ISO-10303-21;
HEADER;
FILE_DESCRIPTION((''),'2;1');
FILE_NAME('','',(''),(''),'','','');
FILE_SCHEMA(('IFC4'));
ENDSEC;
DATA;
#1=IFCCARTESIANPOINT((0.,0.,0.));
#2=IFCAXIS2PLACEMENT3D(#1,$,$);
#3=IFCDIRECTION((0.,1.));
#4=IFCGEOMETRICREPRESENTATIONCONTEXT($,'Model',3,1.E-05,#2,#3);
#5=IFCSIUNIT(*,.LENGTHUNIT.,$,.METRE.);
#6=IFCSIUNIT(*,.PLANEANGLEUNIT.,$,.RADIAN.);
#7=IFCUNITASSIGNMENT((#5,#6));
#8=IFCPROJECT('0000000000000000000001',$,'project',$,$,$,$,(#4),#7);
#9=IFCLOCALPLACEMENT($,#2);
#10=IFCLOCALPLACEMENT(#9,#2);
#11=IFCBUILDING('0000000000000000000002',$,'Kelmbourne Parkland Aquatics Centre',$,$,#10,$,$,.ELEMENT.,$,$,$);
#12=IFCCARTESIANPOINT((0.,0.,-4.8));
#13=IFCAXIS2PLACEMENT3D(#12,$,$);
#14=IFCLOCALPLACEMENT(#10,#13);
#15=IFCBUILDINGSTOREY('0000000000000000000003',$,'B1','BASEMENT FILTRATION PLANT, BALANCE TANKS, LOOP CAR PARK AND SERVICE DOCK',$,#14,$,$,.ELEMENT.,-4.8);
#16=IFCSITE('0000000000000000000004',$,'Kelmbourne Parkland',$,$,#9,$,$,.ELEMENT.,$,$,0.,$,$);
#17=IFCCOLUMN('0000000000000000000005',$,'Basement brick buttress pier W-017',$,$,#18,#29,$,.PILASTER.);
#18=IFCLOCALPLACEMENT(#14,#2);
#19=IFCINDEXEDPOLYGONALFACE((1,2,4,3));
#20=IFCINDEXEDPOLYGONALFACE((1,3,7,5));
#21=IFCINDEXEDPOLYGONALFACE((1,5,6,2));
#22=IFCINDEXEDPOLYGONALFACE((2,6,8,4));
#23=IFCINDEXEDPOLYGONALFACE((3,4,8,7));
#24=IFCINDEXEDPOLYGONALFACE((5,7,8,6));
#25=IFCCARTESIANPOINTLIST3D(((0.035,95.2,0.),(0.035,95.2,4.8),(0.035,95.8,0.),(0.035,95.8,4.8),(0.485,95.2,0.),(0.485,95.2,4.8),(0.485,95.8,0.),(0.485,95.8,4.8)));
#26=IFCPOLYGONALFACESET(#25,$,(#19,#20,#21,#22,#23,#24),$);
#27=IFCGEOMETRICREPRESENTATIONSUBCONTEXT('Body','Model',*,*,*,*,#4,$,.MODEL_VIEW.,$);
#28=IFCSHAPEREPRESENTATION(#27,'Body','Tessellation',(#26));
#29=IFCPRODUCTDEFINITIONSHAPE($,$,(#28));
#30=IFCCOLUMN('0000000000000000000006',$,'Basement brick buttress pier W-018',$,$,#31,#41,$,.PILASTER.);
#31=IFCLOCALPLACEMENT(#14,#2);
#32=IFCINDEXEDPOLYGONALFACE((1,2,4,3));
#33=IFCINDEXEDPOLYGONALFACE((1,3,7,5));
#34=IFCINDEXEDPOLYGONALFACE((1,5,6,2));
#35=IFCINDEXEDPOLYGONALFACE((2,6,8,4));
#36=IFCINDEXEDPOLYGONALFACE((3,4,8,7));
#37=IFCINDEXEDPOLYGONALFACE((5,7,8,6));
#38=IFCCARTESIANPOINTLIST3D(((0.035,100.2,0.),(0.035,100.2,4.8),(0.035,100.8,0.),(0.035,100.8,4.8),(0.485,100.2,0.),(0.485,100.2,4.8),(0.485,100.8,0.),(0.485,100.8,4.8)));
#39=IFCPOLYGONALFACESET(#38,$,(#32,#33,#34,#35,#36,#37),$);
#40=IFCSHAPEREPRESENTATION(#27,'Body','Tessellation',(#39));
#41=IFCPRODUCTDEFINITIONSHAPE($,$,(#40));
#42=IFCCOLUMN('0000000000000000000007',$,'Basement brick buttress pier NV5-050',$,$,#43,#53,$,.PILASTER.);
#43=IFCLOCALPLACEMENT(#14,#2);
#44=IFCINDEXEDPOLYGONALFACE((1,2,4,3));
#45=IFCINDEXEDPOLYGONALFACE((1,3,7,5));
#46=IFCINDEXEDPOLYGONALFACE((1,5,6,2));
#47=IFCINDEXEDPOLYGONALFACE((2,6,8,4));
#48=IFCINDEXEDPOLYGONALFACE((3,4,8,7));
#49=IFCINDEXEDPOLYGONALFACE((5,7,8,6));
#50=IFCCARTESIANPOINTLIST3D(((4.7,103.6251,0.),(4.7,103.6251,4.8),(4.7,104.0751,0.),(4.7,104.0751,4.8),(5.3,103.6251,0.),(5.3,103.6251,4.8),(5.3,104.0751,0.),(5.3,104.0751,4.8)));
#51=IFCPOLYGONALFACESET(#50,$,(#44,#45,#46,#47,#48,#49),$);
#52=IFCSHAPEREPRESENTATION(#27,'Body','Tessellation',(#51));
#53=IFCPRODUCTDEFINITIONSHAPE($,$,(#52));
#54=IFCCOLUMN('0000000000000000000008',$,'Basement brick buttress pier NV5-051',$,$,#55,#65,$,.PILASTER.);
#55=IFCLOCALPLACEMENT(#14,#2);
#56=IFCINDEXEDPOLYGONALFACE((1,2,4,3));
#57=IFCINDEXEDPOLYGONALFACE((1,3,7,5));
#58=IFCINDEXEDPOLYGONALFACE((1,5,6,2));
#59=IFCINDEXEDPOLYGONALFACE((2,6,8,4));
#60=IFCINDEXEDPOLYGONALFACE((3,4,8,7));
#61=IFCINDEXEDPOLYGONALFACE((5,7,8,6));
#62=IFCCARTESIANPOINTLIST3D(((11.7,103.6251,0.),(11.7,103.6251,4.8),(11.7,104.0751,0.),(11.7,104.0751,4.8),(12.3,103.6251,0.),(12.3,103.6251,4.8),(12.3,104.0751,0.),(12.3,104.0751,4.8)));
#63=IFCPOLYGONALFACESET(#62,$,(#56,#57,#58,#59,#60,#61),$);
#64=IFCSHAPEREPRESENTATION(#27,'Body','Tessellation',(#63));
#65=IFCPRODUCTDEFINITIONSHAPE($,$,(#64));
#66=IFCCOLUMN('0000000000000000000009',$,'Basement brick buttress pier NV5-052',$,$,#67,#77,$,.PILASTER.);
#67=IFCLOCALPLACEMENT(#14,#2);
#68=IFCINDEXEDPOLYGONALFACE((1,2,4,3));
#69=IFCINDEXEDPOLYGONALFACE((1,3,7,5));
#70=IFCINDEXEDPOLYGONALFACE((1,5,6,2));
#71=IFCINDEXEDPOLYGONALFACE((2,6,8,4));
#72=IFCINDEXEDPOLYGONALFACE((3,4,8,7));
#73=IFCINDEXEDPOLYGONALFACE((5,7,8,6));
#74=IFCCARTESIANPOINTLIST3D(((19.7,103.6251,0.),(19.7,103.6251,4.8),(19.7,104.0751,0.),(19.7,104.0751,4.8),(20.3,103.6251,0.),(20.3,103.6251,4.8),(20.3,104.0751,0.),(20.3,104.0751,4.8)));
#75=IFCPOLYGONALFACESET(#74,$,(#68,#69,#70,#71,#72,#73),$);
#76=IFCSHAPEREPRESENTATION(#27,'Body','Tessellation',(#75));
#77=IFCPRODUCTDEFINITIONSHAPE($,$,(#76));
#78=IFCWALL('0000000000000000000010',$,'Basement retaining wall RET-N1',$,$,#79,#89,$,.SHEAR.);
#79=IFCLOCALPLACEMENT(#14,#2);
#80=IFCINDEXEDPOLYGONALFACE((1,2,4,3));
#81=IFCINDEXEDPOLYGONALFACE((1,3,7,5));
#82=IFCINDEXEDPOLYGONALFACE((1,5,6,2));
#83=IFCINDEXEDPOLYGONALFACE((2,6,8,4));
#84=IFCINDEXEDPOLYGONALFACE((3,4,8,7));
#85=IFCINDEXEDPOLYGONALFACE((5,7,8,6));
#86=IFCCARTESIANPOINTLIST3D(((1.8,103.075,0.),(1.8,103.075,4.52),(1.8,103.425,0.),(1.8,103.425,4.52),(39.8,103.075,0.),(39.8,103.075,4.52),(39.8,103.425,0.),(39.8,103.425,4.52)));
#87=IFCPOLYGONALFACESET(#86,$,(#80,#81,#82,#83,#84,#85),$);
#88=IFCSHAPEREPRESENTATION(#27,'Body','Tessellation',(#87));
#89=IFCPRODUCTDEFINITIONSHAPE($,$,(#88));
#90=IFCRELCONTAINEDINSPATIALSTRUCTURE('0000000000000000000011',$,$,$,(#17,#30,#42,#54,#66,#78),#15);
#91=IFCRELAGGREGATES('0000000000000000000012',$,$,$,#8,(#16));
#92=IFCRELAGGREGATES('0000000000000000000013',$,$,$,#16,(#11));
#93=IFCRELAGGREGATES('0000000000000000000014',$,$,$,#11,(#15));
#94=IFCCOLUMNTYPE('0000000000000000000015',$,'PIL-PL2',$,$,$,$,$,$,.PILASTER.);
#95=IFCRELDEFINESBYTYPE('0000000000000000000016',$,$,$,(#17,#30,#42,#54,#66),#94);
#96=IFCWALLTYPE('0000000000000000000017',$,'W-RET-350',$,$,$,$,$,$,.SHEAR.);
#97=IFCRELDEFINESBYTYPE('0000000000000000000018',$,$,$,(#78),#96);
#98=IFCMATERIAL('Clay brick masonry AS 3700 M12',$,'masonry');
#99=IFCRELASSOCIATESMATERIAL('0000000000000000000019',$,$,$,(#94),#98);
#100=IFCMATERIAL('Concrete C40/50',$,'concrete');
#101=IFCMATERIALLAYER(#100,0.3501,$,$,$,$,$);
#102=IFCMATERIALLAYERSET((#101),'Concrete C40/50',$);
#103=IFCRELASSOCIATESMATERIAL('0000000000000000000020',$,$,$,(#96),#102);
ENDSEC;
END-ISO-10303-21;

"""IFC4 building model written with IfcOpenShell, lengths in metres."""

from ifc_helpers import new_model, si_unit, direction, frame, frame_2d, origin, origin_2d, place, context, subcontext, project, spatial, rectangle, extrude, material, layer, layer_set, material_profile, profile_set, type_object, element, save


model = new_model("IFC4")

# Units and contexts
model_context = context("Model", 3, precision=1e-05, world=origin(), true_north=direction((0.0, 1.0)))
body_context = subcontext(model_context, "Body", "Model", "MODEL_VIEW")
ifc_project = project(units=[si_unit("LENGTHUNIT", "METRE"), si_unit("PLANEANGLEUNIT", "RADIAN")], contexts=[model_context])

# Site, building, storey
site_placement = place(None, origin())
site = spatial("IfcSite", under=ifc_project, at=site_placement, Name="Kelmbourne Parkland", CompositionType="ELEMENT", RefElevation=0.0)
building_placement = place(site_placement, origin())
building = spatial("IfcBuilding", under=site, at=building_placement, Name="Kelmbourne Parkland Aquatics Centre", CompositionType="ELEMENT")
storey_placement = place(building_placement, frame((0.0, 0.0, -4.8)))
storey = spatial("IfcBuildingStorey", under=building, at=storey_placement, Name="B1", Description="BASEMENT FILTRATION PLANT, BALANCE TANKS, LOOP CAR PARK AND SERVICE DOCK", CompositionType="ELEMENT", Elevation=-4.8)

# Columns
ifc_material_1 = material(Name="Concrete C40/50", Category="concrete")
ifc_material_2 = material(Name="Clay brick masonry AS 3700 M12", Category="masonry")
ifc_material_profile_1 = material_profile(ifc_material_2, rectangle(XDim=0.45, YDim=0.6001, at=origin_2d()), Name="PIL 450x600")
ifc_profile_set_1 = profile_set([ifc_material_profile_1], Name="Clay brick masonry AS 3700 M12")
column_type_1 = type_object("IfcColumnType", Name="PIL-PL2", PredefinedType="PILASTER", material=ifc_profile_set_1)
for number, where, z_axis, x_axis, name in (
    (1, (0.26, 95.5, 0.0), (0.0, 0.0, 1.0), (1.0, 0.0, 0.0), "Basement brick buttress pier W-017"),
    (2, (0.26, 100.5, 0.0), (0.0, 0.0, 1.0), (1.0, 0.0, 0.0), "Basement brick buttress pier W-018"),
    (3, (5.0, 103.8501, 0.0), (0.0, 0.0, 1.0), (0.0, 1.0, 0.0), "Basement brick buttress pier NV5-050"),
    (4, (12.0, 103.8501, 0.0), (0.0, 0.0, 1.0), (0.0, 1.0, 0.0), "Basement brick buttress pier NV5-051"),
    (5, (20.0, 103.8501, 0.0), (0.0, 0.0, 1.0), (0.0, 1.0, 0.0), "Basement brick buttress pier NV5-052"),
):
    element("IfcColumn", number, at=place(storey_placement, frame(where, z_axis=z_axis, x_axis=x_axis)), inside=storey, type_object=column_type_1, Name=name, PredefinedType="PILASTER", context=body_context, shape_type="SweptSolid", body=[
        extrude(rectangle(XDim=0.45, YDim=0.6001, at=origin_2d()), origin(), (0.0, 0.0, 1.0), 4.8),
    ])

# Wall
ifc_layer = layer(ifc_material_1, 0.3501)
ifc_layer_set = layer_set([ifc_layer], Name="Concrete C40/50")
wall_type = type_object("IfcWallType", Name="W-RET-350", PredefinedType="SHEAR", material=ifc_layer_set)
wall_placement = place(storey_placement, frame((1.8, 103.25, 0.0), z_axis=(0.0, 0.0, 1.0), x_axis=(1.0, 0.0, 0.0)))
element("IfcWall", 6, at=wall_placement, inside=storey, type_object=wall_type, Name="Basement retaining wall RET-N1", PredefinedType="SHEAR", context=body_context, shape_type="SweptSolid", body=[
    extrude(rectangle(XDim=38.0, YDim=0.3501, at=frame_2d((19.0, 0.0))), origin(), (0.0, 0.0, 1.0), 4.52),
])

save(model, "model.ifc")
